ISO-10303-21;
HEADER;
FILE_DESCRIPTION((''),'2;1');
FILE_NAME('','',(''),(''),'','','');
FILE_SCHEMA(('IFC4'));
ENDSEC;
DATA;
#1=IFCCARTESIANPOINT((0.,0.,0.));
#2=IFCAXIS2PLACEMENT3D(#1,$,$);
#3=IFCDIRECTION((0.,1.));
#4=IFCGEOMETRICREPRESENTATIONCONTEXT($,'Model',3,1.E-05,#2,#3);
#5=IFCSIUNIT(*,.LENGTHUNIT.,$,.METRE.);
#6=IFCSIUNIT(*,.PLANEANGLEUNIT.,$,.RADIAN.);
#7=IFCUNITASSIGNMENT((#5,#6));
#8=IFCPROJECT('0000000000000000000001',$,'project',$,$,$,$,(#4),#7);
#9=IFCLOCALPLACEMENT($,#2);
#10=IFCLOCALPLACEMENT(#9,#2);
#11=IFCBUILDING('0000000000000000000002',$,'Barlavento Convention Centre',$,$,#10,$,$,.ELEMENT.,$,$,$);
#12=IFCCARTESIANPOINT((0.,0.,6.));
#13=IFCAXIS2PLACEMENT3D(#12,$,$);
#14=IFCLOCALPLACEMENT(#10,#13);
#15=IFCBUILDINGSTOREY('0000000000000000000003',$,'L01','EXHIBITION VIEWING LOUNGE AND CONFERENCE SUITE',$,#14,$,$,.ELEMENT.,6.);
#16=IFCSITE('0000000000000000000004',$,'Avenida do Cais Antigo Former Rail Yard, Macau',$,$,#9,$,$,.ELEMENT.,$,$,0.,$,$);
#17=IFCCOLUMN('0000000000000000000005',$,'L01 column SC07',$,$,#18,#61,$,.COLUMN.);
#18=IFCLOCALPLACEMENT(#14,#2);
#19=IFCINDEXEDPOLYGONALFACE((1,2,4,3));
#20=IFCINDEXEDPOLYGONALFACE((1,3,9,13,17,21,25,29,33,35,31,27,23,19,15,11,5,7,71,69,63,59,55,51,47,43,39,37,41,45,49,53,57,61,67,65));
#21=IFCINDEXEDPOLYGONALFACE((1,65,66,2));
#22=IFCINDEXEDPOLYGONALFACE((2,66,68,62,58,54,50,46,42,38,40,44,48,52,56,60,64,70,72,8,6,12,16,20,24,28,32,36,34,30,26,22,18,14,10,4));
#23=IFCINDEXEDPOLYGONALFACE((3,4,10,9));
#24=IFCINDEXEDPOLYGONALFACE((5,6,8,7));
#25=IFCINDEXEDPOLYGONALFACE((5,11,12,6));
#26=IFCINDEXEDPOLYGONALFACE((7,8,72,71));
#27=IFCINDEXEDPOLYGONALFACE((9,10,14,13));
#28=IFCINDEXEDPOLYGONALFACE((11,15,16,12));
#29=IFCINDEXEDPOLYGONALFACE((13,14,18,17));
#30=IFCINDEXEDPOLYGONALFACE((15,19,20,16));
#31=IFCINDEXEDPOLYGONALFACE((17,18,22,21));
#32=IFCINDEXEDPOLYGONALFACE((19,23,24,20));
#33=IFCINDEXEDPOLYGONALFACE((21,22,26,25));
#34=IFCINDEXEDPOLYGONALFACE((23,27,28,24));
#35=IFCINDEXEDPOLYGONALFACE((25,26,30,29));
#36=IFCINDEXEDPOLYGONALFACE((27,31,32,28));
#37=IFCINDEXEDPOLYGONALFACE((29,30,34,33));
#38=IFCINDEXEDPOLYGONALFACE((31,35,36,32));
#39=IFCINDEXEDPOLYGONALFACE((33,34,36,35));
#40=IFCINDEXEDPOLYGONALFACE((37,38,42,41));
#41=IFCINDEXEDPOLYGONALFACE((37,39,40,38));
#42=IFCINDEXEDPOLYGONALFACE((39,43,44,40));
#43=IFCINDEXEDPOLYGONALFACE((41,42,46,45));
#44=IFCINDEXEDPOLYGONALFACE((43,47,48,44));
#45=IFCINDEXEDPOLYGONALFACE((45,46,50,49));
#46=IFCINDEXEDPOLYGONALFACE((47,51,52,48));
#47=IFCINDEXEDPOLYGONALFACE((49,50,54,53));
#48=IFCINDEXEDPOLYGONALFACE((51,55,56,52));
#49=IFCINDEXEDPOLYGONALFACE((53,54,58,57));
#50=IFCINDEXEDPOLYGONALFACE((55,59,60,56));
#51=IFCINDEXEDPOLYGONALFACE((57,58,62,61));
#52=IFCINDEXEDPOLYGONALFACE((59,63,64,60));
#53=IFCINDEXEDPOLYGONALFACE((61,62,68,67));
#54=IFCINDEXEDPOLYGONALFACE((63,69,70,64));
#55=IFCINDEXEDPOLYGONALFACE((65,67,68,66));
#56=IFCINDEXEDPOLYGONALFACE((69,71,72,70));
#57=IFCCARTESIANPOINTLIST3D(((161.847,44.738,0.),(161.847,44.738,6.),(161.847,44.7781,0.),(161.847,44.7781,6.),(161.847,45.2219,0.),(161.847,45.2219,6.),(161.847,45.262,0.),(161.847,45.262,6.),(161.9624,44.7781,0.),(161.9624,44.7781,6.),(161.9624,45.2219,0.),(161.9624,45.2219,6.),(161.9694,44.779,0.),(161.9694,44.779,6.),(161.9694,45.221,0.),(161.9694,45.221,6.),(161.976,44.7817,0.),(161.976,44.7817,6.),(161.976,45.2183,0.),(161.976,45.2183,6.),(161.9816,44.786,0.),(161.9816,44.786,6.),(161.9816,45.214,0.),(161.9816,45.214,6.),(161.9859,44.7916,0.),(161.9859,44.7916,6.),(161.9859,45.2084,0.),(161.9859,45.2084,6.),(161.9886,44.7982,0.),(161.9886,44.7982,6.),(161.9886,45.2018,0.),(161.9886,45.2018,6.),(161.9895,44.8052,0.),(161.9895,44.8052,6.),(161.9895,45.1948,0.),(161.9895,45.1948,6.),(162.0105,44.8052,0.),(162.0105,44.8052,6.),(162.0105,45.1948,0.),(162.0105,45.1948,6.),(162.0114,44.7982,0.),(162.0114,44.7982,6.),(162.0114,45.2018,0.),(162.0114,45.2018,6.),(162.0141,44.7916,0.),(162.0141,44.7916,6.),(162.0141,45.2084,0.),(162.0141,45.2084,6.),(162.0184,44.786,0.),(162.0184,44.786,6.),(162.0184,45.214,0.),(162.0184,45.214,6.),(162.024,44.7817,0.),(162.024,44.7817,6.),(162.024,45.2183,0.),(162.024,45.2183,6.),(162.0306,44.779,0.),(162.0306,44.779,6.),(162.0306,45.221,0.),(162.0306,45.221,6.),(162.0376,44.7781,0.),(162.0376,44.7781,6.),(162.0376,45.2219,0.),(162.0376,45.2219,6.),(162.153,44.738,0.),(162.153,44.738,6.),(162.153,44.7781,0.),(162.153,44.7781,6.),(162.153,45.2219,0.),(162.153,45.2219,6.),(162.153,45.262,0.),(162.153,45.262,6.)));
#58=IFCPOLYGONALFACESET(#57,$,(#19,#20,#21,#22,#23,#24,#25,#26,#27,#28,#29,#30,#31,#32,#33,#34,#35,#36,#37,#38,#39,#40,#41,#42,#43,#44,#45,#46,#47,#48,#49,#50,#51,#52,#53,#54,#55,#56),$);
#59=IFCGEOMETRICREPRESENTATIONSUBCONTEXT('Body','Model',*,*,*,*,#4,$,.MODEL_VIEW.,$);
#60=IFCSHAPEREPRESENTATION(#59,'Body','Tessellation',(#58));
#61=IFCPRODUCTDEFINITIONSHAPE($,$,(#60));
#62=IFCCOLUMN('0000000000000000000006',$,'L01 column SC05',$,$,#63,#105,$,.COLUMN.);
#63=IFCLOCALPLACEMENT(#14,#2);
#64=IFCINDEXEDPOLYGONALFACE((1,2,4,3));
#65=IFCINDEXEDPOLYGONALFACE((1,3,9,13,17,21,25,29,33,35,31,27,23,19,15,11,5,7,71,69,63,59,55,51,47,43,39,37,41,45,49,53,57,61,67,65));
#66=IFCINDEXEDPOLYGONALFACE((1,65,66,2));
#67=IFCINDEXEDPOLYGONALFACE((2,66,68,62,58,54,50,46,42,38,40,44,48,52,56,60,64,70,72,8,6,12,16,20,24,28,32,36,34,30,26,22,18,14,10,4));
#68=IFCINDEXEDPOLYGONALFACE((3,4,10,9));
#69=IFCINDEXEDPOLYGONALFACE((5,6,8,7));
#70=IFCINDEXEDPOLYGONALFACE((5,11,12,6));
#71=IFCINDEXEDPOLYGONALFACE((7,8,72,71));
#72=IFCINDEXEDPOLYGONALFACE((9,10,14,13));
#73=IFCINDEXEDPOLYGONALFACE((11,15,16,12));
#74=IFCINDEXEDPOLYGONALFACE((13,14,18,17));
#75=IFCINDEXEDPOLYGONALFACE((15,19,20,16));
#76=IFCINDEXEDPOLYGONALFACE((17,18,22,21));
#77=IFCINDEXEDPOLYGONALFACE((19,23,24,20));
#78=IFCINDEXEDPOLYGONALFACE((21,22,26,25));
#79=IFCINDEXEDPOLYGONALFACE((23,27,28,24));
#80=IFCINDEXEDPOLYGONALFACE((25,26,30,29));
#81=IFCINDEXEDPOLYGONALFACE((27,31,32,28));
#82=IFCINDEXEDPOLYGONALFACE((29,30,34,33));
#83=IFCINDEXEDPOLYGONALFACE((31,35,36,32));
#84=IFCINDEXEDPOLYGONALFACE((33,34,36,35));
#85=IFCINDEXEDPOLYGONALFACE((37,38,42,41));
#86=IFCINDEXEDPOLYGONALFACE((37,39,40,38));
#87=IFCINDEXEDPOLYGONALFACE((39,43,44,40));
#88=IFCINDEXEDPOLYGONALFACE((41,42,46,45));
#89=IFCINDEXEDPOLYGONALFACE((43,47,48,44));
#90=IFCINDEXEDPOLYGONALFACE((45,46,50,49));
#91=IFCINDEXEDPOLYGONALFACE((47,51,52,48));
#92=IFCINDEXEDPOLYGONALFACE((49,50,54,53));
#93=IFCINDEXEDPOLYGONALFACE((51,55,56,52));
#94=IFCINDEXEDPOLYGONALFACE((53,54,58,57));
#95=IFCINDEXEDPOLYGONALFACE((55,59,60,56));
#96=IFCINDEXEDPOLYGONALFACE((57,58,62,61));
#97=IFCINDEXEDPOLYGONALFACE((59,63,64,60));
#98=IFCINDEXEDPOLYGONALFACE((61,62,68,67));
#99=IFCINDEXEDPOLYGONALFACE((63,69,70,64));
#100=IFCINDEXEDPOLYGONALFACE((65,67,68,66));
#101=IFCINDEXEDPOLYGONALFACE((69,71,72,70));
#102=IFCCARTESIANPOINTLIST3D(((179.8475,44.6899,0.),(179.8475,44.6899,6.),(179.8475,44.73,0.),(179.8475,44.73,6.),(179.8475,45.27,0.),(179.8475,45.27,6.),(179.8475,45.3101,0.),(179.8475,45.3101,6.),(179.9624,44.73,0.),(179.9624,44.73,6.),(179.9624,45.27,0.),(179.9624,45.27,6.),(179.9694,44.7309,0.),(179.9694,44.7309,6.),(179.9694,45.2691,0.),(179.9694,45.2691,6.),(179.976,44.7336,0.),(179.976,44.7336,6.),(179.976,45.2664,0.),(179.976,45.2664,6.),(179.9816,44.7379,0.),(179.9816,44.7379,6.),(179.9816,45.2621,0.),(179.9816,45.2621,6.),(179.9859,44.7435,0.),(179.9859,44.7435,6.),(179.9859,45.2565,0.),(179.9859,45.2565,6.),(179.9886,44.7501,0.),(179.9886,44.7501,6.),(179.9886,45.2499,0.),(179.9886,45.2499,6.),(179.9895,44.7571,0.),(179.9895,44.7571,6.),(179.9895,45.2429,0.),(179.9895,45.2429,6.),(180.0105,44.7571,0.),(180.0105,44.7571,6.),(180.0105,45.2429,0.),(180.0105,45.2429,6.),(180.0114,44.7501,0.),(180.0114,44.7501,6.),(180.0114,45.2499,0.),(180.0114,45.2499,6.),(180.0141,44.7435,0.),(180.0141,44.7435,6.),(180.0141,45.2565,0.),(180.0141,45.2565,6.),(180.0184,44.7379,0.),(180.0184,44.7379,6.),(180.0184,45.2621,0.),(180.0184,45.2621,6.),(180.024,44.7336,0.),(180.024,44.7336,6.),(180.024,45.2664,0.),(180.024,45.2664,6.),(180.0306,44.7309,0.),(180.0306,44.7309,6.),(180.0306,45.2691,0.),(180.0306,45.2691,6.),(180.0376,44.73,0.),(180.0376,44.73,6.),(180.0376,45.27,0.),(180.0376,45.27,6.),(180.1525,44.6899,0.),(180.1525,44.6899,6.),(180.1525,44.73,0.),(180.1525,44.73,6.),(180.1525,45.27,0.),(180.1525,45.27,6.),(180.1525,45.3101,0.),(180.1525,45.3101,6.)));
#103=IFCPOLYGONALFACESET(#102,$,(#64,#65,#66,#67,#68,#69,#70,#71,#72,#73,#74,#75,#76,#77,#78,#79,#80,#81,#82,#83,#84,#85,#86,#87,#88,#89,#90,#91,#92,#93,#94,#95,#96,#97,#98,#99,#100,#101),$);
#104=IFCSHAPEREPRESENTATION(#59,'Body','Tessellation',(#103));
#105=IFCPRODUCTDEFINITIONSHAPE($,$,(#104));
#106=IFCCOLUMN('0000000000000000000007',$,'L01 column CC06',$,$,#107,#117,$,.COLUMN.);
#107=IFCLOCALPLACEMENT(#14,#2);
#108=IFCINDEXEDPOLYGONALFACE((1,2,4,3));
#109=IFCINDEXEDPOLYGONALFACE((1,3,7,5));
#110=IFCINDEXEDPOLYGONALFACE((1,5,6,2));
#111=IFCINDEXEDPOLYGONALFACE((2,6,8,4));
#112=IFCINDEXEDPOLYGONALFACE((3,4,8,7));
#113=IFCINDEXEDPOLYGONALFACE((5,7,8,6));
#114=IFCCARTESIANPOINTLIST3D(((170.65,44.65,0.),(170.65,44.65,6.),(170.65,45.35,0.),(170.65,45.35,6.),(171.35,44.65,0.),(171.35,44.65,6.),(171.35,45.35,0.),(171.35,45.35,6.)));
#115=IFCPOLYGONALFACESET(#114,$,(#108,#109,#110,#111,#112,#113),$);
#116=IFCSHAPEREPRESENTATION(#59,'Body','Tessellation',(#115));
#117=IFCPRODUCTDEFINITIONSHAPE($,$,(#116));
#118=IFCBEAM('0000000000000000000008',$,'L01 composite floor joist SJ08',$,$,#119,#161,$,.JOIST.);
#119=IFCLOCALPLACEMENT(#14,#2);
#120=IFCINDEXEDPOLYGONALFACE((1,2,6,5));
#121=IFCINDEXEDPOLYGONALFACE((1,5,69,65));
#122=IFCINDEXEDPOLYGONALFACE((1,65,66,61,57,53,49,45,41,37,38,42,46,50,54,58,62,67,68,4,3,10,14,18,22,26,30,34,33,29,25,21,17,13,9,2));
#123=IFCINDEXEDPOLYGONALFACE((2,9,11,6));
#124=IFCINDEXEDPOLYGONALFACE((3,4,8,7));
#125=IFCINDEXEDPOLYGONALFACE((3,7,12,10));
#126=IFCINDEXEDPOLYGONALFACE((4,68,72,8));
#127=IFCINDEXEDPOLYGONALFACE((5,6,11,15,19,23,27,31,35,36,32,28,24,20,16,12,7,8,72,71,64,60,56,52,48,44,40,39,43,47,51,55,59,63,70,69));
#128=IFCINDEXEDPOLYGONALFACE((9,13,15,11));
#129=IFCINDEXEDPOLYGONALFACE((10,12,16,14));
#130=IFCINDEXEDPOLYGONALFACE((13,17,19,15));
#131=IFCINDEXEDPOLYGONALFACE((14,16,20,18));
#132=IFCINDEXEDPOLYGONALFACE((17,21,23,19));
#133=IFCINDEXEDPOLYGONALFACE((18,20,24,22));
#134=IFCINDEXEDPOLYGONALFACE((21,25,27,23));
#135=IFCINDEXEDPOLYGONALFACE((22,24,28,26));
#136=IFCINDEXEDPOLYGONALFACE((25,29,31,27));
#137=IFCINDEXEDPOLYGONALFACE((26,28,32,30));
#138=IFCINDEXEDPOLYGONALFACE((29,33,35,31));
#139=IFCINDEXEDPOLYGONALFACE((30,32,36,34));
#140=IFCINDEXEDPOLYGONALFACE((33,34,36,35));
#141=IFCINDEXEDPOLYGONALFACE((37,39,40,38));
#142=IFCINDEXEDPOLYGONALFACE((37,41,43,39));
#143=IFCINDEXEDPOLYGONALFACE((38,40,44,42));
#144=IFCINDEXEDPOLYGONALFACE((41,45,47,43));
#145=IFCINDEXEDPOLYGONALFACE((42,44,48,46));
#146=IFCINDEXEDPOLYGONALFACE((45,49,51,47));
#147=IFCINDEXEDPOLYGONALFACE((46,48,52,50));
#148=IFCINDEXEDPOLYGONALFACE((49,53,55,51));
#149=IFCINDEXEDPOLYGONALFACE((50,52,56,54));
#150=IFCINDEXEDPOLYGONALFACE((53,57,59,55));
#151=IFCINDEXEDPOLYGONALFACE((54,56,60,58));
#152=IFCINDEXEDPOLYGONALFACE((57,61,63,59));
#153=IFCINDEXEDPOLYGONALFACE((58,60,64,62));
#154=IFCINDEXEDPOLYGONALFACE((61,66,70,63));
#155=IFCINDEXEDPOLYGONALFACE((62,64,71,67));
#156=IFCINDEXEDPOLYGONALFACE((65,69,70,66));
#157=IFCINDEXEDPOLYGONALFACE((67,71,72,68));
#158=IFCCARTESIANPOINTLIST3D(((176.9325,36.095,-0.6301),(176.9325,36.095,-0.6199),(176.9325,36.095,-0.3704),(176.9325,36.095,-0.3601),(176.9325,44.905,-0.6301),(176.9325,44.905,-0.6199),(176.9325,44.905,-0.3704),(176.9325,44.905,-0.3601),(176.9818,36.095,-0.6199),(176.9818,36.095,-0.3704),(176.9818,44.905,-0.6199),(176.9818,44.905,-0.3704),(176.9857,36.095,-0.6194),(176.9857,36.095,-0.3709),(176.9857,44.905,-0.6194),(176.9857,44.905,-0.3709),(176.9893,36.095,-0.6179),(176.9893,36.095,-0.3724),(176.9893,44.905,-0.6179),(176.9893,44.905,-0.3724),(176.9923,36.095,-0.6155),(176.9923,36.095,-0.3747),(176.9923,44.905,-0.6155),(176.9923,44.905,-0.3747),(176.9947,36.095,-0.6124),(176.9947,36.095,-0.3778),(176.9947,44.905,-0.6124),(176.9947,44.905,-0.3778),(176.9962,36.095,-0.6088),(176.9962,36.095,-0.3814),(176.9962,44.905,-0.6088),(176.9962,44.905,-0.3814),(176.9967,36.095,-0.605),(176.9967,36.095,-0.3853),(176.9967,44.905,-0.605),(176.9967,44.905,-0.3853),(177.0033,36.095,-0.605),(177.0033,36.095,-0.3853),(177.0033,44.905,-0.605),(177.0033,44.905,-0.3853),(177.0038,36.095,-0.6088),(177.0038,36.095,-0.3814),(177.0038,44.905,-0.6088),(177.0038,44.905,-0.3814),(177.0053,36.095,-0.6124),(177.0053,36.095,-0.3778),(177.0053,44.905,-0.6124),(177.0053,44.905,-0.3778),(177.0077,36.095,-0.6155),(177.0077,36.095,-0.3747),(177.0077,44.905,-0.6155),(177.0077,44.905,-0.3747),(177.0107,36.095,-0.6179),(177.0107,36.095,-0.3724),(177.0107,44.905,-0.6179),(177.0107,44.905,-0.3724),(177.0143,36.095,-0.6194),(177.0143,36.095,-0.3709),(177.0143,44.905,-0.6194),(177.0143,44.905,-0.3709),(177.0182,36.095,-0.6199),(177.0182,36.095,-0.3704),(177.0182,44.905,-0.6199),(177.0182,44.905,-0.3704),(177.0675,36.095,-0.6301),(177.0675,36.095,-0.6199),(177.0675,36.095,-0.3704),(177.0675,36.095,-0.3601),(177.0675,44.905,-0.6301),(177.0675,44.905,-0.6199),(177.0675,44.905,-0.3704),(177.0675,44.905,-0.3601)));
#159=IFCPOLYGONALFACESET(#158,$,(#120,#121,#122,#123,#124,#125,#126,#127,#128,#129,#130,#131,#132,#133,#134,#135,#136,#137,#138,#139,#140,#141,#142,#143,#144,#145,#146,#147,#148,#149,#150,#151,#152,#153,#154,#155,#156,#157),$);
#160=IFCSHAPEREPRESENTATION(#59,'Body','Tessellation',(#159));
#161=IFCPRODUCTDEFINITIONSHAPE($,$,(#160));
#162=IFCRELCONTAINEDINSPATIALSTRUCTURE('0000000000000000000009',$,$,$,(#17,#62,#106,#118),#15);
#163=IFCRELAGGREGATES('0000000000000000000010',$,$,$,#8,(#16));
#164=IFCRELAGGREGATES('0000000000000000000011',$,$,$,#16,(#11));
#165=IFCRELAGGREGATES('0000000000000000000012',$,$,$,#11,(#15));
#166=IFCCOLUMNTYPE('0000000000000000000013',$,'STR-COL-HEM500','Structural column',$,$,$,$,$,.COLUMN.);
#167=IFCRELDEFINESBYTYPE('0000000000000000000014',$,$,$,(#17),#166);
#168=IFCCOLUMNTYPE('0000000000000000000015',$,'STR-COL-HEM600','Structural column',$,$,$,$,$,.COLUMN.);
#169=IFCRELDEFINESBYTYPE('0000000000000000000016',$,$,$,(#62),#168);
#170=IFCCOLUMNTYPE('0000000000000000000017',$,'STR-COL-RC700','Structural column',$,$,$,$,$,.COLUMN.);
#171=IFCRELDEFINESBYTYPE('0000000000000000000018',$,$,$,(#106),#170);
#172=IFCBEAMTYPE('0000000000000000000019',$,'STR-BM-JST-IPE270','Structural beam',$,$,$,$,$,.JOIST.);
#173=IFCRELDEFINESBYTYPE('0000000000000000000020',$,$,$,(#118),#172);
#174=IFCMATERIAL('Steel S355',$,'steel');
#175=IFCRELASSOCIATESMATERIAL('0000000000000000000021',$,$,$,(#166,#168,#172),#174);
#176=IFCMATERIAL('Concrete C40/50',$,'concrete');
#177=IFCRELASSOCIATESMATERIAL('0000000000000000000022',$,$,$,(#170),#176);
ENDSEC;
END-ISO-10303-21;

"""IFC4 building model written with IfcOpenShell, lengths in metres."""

from ifc_helpers import new_model, si_unit, direction, frame, origin, origin_2d, place, context, subcontext, project, spatial, rectangle, i_section, extrude, material, material_profile, profile_set, type_object, element, save


model = new_model("IFC4")

# Units and contexts
model_context = context("Model", 3, precision=1e-05, world=origin(), true_north=direction((0.0, 1.0)))
body_context = subcontext(model_context, "Body", "Model", "MODEL_VIEW")
ifc_project = project(units=[si_unit("LENGTHUNIT", "METRE"), si_unit("PLANEANGLEUNIT", "RADIAN")], contexts=[model_context])

# Site, building, storey
site_placement = place(None, origin())
site = spatial("IfcSite", under=ifc_project, at=site_placement, Name="Avenida do Cais Antigo Former Rail Yard, Macau", CompositionType="ELEMENT", RefElevation=0.0)
building_placement = place(site_placement, origin())
building = spatial("IfcBuilding", under=site, at=building_placement, Name="Barlavento Convention Centre", CompositionType="ELEMENT")
storey_placement = place(building_placement, frame((0.0, 0.0, 6.0)))
storey = spatial("IfcBuildingStorey", under=building, at=storey_placement, Name="L01", Description="EXHIBITION VIEWING LOUNGE AND CONFERENCE SUITE", CompositionType="ELEMENT", Elevation=6.0)

# Columns
ifc_material_1 = material(Name="Steel S355", Category="steel")
ifc_material_profile_1 = material_profile(ifc_material_1, i_section(OverallWidth=0.3059, OverallDepth=0.5239, WebThickness=0.021, FlangeThickness=0.04, FilletRadius=0.0271, at=origin_2d()), Name="HEM 500")
ifc_profile_set_1 = profile_set([ifc_material_profile_1], Name="Steel S355")
column_type_1 = type_object("IfcColumnType", Name="STR-COL-HEM500", Description="Structural column", PredefinedType="COLUMN", material=ifc_profile_set_1)
column_1_placement = place(storey_placement, frame((162.0, 45.0, 0.0), z_axis=(0.0, 0.0, 1.0), x_axis=(1.0, 0.0, 0.0)))
element("IfcColumn", 1, at=column_1_placement, inside=storey, type_object=column_type_1, Name="L01 column SC07", PredefinedType="COLUMN", context=body_context, shape_type="SweptSolid", body=[
    extrude(i_section(OverallWidth=0.3059, OverallDepth=0.5239, WebThickness=0.021, FlangeThickness=0.04, FilletRadius=0.0271, at=origin_2d()), origin(), (0.0, 0.0, 1.0), 6.0),
])
ifc_material_profile_2 = material_profile(ifc_material_1, i_section(OverallWidth=0.3049, OverallDepth=0.6201, WebThickness=0.021, FlangeThickness=0.04, FilletRadius=0.0271, at=origin_2d()), Name="HEM 600")
ifc_profile_set_2 = profile_set([ifc_material_profile_2], Name="Steel S355")
column_type_2 = type_object("IfcColumnType", Name="STR-COL-HEM600", Description="Structural column", PredefinedType="COLUMN", material=ifc_profile_set_2)
column_2_placement = place(storey_placement, frame((180.0, 45.0, 0.0), z_axis=(0.0, 0.0, 1.0), x_axis=(1.0, 0.0, 0.0)))
element("IfcColumn", 2, at=column_2_placement, inside=storey, type_object=column_type_2, Name="L01 column SC05", PredefinedType="COLUMN", context=body_context, shape_type="SweptSolid", body=[
    extrude(i_section(OverallWidth=0.3049, OverallDepth=0.6201, WebThickness=0.021, FlangeThickness=0.04, FilletRadius=0.0271, at=origin_2d()), origin(), (0.0, 0.0, 1.0), 6.0),
])
ifc_material_2 = material(Name="Concrete C40/50", Category="concrete")
ifc_material_profile_3 = material_profile(ifc_material_2, rectangle(XDim=0.7, YDim=0.7, at=origin_2d()), Name="RC 700x700")
ifc_profile_set_3 = profile_set([ifc_material_profile_3], Name="Concrete C40/50")
column_type_3 = type_object("IfcColumnType", Name="STR-COL-RC700", Description="Structural column", PredefinedType="COLUMN", material=ifc_profile_set_3)
column_3_placement = place(storey_placement, frame((171.0, 45.0, 0.0), z_axis=(0.0, 0.0, 1.0), x_axis=(1.0, 0.0, 0.0)))
element("IfcColumn", 3, at=column_3_placement, inside=storey, type_object=column_type_3, Name="L01 column CC06", PredefinedType="COLUMN", context=body_context, shape_type="SweptSolid", body=[
    extrude(rectangle(XDim=0.7, YDim=0.7, at=origin_2d()), origin(), (0.0, 0.0, 1.0), 6.0),
])

# Beam
ifc_material_profile_4 = material_profile(ifc_material_1, i_section(OverallWidth=0.135, OverallDepth=0.27, WebThickness=0.0066, FlangeThickness=0.0103, FilletRadius=0.0149, at=origin_2d()), Name="IPE 270")
ifc_profile_set_4 = profile_set([ifc_material_profile_4], Name="Steel S355")
beam_type_1 = type_object("IfcBeamType", Name="STR-BM-JST-IPE270", Description="Structural beam", PredefinedType="JOIST", material=ifc_profile_set_4)
for number, where, z_axis, x_axis, name in (
    (4, (177.0, 36.095, -0.4951), (0.0, 1.0, 0.0), (-1.0, 0.0, 0.0), "L01 composite floor joist SJ08"),
):
    element("IfcBeam", number, at=place(storey_placement, frame(where, z_axis=z_axis, x_axis=x_axis)), inside=storey, type_object=beam_type_1, Name=name, PredefinedType="JOIST", context=body_context, shape_type="SweptSolid", body=[
        extrude(i_section(OverallWidth=0.135, OverallDepth=0.27, WebThickness=0.0066, FlangeThickness=0.0103, FilletRadius=0.0149, at=origin_2d()), origin(), (0.0, 0.0, 1.0), 8.8101),
    ])

save(model, "model.ifc")
